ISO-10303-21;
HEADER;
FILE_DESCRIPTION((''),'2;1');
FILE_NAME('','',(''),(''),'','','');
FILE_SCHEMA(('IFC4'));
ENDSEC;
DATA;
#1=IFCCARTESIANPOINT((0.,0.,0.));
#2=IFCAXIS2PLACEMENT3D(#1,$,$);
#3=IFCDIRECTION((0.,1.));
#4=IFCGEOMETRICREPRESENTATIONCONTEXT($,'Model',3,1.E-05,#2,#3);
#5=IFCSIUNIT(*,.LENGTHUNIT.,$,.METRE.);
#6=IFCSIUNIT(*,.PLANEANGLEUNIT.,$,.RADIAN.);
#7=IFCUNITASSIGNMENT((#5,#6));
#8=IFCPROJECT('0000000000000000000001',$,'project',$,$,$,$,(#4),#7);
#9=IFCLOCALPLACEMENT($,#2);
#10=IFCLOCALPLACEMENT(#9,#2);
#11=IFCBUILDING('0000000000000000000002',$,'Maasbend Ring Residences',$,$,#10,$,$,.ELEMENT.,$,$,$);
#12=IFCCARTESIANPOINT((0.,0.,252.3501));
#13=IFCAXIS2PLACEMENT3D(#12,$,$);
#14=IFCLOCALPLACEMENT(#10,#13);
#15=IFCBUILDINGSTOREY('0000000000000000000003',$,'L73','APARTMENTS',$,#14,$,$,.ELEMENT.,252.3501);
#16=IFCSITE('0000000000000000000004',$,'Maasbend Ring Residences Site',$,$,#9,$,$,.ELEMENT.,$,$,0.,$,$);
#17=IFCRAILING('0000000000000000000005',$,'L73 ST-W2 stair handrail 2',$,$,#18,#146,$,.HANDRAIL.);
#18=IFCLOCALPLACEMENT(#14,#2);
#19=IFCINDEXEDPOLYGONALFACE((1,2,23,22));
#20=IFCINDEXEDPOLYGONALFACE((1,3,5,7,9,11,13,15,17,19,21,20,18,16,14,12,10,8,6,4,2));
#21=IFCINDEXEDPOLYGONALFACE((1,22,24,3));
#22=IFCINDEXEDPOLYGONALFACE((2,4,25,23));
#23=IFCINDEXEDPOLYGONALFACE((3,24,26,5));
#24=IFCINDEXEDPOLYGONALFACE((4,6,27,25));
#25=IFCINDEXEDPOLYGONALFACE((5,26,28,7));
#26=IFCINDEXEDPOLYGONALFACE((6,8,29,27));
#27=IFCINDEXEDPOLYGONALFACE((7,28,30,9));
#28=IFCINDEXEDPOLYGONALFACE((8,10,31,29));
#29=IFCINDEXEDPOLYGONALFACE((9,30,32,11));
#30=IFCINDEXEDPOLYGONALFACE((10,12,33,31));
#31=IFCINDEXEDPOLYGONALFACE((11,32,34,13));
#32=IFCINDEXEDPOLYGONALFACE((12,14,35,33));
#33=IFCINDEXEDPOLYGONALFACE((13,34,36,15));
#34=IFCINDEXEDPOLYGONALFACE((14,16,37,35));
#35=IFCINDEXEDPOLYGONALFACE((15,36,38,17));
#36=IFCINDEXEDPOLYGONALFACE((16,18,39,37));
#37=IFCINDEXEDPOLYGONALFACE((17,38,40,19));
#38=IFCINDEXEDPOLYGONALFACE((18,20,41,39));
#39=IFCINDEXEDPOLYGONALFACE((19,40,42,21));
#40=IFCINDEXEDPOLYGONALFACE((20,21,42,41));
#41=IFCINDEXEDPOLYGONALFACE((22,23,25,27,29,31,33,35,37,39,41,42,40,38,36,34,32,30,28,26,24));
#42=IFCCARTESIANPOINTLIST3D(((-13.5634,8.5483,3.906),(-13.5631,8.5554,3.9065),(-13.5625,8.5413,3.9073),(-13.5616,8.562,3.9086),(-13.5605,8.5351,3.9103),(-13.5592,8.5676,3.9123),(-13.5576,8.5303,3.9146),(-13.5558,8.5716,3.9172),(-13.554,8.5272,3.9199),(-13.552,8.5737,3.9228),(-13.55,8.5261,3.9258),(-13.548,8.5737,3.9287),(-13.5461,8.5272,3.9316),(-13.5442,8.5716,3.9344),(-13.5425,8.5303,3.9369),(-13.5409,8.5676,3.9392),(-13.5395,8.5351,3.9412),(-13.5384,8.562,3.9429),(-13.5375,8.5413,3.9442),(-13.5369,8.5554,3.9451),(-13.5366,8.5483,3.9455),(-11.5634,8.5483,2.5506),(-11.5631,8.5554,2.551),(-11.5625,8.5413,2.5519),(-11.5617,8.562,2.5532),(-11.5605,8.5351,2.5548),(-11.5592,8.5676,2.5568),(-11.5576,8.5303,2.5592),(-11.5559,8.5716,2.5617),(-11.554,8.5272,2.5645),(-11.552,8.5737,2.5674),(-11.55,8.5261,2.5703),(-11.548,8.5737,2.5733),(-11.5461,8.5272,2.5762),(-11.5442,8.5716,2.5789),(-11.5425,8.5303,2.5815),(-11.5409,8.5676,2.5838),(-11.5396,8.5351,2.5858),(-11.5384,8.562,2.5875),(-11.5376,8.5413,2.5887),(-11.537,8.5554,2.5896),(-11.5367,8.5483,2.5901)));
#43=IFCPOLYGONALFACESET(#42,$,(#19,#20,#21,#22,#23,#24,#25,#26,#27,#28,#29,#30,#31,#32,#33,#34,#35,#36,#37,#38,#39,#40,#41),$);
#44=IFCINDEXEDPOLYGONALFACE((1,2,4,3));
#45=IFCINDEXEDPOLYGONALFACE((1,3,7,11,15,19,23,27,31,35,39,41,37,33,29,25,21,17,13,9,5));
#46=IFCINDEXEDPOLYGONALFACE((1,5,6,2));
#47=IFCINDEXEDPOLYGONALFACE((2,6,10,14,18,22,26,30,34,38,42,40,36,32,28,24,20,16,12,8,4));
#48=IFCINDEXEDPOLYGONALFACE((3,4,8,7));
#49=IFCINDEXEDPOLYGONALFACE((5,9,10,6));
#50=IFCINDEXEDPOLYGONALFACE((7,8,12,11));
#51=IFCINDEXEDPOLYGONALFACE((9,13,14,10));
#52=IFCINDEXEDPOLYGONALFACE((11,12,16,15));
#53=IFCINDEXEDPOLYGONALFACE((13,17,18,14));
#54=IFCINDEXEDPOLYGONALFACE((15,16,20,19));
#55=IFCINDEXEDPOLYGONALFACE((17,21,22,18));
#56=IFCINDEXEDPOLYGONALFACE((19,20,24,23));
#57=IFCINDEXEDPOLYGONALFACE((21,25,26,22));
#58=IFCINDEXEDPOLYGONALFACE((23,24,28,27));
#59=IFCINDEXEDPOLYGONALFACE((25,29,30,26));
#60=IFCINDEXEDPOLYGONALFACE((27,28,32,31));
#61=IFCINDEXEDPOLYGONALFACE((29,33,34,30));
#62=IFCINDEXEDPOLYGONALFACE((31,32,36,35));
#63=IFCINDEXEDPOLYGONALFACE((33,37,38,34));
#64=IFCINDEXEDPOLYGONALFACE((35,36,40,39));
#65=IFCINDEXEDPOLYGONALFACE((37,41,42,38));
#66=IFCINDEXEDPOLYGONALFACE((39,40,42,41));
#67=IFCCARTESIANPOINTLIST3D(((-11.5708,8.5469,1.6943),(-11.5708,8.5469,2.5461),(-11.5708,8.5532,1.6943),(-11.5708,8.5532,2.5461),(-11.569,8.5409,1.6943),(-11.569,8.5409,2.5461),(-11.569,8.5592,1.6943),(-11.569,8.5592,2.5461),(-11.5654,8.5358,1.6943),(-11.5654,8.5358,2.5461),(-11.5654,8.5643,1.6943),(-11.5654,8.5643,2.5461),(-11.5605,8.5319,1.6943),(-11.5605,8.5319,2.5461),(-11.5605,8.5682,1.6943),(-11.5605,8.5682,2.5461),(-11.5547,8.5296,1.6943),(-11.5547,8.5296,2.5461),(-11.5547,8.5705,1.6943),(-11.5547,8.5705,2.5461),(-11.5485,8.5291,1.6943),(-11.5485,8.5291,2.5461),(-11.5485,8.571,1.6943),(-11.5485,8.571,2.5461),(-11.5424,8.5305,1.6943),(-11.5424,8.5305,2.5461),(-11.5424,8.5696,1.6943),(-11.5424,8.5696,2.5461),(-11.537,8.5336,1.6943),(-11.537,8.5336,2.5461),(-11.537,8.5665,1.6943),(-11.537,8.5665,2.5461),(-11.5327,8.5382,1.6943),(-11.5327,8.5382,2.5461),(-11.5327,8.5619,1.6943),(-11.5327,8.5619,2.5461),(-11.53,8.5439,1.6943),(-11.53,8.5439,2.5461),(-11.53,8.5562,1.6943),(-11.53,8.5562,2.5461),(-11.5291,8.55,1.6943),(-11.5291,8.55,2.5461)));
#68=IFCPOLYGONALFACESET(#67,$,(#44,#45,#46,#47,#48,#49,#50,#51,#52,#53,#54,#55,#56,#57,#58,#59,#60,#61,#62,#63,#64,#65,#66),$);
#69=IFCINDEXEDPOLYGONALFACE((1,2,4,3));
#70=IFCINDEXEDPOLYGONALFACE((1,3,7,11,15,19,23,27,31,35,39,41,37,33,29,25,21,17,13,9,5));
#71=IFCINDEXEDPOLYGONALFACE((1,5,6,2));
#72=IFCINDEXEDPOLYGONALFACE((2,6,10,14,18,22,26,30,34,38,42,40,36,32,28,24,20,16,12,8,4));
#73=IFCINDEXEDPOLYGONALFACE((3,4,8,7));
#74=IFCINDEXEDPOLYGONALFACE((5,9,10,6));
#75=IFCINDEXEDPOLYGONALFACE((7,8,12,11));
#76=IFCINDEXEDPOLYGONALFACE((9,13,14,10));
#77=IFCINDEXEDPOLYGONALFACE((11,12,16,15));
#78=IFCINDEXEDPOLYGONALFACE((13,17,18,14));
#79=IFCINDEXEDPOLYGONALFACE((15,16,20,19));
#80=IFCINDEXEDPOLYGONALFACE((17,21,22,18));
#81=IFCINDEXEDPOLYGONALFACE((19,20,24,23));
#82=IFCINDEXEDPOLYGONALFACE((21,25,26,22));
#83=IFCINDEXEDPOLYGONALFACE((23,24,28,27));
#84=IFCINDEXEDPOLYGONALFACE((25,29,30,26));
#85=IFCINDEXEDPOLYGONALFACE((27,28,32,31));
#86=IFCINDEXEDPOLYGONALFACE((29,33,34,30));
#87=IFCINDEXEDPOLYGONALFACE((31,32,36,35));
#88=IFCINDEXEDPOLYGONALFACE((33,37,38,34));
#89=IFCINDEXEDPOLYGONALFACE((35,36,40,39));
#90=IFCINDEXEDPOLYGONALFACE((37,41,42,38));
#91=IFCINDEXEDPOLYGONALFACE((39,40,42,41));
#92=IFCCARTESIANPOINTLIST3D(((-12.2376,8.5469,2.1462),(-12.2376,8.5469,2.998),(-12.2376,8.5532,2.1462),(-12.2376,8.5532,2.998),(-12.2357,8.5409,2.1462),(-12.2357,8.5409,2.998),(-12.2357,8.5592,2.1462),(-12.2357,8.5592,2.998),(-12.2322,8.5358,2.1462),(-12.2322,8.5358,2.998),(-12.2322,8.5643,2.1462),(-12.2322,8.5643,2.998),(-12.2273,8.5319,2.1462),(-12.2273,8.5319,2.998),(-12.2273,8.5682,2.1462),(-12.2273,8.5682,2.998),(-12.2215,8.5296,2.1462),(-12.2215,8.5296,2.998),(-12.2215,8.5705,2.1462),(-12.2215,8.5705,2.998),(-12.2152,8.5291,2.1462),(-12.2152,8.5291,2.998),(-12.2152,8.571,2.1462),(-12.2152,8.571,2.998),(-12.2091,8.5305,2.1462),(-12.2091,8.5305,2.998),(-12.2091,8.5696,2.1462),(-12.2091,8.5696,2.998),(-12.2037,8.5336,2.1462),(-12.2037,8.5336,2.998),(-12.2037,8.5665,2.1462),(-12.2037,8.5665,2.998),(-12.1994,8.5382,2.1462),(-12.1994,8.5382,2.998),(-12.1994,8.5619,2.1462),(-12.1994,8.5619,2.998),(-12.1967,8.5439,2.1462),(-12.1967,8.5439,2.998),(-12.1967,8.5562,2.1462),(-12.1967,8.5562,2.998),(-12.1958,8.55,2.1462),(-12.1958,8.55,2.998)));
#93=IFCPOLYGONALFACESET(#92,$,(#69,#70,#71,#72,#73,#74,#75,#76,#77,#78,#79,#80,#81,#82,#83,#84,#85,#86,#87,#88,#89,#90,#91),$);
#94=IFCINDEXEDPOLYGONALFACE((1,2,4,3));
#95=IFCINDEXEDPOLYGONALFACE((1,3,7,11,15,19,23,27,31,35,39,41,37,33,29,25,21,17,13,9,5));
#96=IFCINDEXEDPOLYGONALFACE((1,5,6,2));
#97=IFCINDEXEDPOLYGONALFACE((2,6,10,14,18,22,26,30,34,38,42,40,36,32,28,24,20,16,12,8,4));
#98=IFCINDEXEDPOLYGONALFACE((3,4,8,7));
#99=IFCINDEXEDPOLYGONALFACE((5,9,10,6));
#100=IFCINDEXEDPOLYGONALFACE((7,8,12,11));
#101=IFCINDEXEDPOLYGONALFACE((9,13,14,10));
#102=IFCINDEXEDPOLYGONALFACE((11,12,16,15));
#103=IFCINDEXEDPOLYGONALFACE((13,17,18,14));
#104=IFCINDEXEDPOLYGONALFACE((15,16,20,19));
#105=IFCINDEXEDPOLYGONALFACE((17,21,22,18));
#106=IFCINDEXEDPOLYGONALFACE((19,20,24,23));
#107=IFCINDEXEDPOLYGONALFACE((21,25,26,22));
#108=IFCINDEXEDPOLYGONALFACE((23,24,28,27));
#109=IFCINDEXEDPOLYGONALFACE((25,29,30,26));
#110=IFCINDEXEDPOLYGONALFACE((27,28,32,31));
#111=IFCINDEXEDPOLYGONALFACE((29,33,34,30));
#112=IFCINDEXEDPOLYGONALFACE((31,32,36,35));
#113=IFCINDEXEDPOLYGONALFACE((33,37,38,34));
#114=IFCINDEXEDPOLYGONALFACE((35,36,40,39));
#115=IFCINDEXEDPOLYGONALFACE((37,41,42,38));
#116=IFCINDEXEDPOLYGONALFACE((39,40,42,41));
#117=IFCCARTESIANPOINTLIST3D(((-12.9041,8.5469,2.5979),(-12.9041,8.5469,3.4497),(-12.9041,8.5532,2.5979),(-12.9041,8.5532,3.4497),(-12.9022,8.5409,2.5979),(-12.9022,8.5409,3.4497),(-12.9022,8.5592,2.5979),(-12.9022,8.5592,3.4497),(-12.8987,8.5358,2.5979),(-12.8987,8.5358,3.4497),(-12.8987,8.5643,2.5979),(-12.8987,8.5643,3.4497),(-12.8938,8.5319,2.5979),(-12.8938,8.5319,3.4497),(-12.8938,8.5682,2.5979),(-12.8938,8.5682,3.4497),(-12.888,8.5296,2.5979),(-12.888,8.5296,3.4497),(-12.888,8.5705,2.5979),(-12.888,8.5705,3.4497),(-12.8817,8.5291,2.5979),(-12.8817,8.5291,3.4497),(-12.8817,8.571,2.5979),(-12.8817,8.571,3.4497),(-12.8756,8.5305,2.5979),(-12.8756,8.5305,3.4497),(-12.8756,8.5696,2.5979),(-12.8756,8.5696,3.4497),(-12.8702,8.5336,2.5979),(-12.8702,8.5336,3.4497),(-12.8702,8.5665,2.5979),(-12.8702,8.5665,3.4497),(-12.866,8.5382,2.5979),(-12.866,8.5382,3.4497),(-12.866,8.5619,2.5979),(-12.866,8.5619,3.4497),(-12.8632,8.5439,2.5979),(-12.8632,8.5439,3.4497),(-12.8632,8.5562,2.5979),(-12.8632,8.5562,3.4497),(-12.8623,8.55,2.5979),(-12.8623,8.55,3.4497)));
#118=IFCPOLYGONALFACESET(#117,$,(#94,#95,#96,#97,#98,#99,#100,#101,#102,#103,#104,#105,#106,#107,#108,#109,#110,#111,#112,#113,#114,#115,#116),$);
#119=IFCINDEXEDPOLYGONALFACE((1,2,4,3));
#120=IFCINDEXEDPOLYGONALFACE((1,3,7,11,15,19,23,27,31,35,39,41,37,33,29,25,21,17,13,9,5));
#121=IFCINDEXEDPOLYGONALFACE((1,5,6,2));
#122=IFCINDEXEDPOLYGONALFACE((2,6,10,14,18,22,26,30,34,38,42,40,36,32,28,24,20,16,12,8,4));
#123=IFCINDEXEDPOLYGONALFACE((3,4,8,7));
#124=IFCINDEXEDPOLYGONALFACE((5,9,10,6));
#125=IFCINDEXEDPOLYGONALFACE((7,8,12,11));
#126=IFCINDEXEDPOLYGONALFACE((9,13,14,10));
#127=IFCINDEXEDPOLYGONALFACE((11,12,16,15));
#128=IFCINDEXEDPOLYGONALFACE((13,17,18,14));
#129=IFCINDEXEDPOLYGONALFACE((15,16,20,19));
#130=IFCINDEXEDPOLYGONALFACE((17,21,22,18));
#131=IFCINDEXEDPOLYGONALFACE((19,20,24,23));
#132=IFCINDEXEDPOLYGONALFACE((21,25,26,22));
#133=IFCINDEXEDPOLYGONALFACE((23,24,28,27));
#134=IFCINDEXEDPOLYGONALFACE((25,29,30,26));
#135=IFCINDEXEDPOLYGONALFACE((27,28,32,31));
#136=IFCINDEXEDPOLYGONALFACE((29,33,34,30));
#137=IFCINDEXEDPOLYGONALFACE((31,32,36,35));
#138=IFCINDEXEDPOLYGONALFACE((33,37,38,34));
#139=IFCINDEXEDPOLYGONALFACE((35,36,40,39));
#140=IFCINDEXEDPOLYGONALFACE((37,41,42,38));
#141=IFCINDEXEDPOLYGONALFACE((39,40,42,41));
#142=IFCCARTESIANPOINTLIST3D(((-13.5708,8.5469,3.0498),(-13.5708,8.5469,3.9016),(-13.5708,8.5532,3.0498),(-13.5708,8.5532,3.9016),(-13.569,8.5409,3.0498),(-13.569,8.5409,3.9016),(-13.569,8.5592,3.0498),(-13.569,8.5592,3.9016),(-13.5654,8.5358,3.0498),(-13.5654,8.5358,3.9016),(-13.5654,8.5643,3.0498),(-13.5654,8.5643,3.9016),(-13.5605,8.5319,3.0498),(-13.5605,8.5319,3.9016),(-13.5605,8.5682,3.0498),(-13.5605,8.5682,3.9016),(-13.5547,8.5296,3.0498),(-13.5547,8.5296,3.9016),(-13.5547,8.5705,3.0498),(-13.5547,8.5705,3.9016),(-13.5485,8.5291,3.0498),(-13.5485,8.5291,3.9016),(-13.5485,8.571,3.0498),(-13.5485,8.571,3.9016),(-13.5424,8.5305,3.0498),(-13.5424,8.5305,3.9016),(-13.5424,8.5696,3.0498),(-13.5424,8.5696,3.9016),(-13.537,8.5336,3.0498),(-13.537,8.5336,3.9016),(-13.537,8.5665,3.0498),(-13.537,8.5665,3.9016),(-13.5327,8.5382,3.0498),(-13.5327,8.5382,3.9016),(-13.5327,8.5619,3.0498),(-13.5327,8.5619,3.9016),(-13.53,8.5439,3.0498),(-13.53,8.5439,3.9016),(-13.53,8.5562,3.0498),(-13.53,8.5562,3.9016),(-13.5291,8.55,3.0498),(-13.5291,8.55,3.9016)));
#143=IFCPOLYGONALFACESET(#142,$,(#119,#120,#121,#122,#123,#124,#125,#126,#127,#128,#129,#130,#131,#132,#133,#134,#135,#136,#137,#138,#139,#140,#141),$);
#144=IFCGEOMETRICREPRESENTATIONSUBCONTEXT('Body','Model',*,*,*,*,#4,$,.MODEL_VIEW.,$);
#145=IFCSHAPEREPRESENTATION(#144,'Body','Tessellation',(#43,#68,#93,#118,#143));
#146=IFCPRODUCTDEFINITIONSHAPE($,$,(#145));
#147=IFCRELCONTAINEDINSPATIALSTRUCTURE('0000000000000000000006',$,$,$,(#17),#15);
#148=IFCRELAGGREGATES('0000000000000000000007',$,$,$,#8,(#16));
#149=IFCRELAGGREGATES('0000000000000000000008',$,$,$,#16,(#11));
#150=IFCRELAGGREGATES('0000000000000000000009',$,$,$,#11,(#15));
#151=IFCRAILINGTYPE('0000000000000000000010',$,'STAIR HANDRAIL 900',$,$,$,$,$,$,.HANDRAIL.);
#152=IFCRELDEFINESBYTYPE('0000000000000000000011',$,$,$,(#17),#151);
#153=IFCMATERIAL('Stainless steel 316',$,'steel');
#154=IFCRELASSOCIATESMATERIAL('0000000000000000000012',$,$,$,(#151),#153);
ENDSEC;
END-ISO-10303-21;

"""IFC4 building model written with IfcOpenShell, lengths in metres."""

from ifc_helpers import new_model, si_unit, direction, frame, origin, origin_2d, place, context, subcontext, project, spatial, circle, extrude, material, type_object, element, save


model = new_model("IFC4")

# Units and contexts
model_context = context("Model", 3, precision=1e-05, world=origin(), true_north=direction((0.0, 1.0)))
body_context = subcontext(model_context, "Body", "Model", "MODEL_VIEW")
ifc_project = project(units=[si_unit("LENGTHUNIT", "METRE"), si_unit("PLANEANGLEUNIT", "RADIAN")], contexts=[model_context])

# Site, building, storey
site_placement = place(None, origin())
site = spatial("IfcSite", under=ifc_project, at=site_placement, Name="Maasbend Ring Residences Site", CompositionType="ELEMENT", RefElevation=0.0)
building_placement = place(site_placement, origin())
building = spatial("IfcBuilding", under=site, at=building_placement, Name="Maasbend Ring Residences", CompositionType="ELEMENT")
storey_placement = place(building_placement, frame((0.0, 0.0, 252.3501)))
storey = spatial("IfcBuildingStorey", under=building, at=storey_placement, Name="L73", Description="APARTMENTS", CompositionType="ELEMENT", Elevation=252.3501)

# Railing
ifc_material_1 = material(Name="Stainless steel 316", Category="steel")
railing_type_1 = type_object("IfcRailingType", Name="STAIR HANDRAIL 900", PredefinedType="HANDRAIL", material=ifc_material_1)
railing_1_placement = place(storey_placement, frame((-11.55, 8.55, 1.6943)))
element("IfcRailing", 1, at=railing_1_placement, inside=storey, type_object=railing_type_1, Name="L73 ST-W2 stair handrail 2", PredefinedType="HANDRAIL", context=body_context, shape_type="SweptSolid", body=[
    extrude(circle(Radius=0.0239, at=origin_2d()), frame((0.0, 0.0, 0.876), z_axis=(-0.827798, 0.0, 0.561027), x_axis=(0.0, -1.0, 0.0)), (0.0, 0.0, 1.0), 2.416),
    extrude(circle(Radius=0.021, at=origin_2d()), origin(), (0.0, 0.0, 1.0), 0.8518),
    extrude(circle(Radius=0.021, at=origin_2d()), frame((-0.6667, 0.0, 0.4519)), (0.0, 0.0, 1.0), 0.8518),
    extrude(circle(Radius=0.021, at=origin_2d()), frame((-1.3333, 0.0, 0.9036)), (0.0, 0.0, 1.0), 0.8518),
    extrude(circle(Radius=0.021, at=origin_2d()), frame((-2.0, 0.0, 1.3555)), (0.0, 0.0, 1.0), 0.8518),
])

save(model, "model.ifc")
